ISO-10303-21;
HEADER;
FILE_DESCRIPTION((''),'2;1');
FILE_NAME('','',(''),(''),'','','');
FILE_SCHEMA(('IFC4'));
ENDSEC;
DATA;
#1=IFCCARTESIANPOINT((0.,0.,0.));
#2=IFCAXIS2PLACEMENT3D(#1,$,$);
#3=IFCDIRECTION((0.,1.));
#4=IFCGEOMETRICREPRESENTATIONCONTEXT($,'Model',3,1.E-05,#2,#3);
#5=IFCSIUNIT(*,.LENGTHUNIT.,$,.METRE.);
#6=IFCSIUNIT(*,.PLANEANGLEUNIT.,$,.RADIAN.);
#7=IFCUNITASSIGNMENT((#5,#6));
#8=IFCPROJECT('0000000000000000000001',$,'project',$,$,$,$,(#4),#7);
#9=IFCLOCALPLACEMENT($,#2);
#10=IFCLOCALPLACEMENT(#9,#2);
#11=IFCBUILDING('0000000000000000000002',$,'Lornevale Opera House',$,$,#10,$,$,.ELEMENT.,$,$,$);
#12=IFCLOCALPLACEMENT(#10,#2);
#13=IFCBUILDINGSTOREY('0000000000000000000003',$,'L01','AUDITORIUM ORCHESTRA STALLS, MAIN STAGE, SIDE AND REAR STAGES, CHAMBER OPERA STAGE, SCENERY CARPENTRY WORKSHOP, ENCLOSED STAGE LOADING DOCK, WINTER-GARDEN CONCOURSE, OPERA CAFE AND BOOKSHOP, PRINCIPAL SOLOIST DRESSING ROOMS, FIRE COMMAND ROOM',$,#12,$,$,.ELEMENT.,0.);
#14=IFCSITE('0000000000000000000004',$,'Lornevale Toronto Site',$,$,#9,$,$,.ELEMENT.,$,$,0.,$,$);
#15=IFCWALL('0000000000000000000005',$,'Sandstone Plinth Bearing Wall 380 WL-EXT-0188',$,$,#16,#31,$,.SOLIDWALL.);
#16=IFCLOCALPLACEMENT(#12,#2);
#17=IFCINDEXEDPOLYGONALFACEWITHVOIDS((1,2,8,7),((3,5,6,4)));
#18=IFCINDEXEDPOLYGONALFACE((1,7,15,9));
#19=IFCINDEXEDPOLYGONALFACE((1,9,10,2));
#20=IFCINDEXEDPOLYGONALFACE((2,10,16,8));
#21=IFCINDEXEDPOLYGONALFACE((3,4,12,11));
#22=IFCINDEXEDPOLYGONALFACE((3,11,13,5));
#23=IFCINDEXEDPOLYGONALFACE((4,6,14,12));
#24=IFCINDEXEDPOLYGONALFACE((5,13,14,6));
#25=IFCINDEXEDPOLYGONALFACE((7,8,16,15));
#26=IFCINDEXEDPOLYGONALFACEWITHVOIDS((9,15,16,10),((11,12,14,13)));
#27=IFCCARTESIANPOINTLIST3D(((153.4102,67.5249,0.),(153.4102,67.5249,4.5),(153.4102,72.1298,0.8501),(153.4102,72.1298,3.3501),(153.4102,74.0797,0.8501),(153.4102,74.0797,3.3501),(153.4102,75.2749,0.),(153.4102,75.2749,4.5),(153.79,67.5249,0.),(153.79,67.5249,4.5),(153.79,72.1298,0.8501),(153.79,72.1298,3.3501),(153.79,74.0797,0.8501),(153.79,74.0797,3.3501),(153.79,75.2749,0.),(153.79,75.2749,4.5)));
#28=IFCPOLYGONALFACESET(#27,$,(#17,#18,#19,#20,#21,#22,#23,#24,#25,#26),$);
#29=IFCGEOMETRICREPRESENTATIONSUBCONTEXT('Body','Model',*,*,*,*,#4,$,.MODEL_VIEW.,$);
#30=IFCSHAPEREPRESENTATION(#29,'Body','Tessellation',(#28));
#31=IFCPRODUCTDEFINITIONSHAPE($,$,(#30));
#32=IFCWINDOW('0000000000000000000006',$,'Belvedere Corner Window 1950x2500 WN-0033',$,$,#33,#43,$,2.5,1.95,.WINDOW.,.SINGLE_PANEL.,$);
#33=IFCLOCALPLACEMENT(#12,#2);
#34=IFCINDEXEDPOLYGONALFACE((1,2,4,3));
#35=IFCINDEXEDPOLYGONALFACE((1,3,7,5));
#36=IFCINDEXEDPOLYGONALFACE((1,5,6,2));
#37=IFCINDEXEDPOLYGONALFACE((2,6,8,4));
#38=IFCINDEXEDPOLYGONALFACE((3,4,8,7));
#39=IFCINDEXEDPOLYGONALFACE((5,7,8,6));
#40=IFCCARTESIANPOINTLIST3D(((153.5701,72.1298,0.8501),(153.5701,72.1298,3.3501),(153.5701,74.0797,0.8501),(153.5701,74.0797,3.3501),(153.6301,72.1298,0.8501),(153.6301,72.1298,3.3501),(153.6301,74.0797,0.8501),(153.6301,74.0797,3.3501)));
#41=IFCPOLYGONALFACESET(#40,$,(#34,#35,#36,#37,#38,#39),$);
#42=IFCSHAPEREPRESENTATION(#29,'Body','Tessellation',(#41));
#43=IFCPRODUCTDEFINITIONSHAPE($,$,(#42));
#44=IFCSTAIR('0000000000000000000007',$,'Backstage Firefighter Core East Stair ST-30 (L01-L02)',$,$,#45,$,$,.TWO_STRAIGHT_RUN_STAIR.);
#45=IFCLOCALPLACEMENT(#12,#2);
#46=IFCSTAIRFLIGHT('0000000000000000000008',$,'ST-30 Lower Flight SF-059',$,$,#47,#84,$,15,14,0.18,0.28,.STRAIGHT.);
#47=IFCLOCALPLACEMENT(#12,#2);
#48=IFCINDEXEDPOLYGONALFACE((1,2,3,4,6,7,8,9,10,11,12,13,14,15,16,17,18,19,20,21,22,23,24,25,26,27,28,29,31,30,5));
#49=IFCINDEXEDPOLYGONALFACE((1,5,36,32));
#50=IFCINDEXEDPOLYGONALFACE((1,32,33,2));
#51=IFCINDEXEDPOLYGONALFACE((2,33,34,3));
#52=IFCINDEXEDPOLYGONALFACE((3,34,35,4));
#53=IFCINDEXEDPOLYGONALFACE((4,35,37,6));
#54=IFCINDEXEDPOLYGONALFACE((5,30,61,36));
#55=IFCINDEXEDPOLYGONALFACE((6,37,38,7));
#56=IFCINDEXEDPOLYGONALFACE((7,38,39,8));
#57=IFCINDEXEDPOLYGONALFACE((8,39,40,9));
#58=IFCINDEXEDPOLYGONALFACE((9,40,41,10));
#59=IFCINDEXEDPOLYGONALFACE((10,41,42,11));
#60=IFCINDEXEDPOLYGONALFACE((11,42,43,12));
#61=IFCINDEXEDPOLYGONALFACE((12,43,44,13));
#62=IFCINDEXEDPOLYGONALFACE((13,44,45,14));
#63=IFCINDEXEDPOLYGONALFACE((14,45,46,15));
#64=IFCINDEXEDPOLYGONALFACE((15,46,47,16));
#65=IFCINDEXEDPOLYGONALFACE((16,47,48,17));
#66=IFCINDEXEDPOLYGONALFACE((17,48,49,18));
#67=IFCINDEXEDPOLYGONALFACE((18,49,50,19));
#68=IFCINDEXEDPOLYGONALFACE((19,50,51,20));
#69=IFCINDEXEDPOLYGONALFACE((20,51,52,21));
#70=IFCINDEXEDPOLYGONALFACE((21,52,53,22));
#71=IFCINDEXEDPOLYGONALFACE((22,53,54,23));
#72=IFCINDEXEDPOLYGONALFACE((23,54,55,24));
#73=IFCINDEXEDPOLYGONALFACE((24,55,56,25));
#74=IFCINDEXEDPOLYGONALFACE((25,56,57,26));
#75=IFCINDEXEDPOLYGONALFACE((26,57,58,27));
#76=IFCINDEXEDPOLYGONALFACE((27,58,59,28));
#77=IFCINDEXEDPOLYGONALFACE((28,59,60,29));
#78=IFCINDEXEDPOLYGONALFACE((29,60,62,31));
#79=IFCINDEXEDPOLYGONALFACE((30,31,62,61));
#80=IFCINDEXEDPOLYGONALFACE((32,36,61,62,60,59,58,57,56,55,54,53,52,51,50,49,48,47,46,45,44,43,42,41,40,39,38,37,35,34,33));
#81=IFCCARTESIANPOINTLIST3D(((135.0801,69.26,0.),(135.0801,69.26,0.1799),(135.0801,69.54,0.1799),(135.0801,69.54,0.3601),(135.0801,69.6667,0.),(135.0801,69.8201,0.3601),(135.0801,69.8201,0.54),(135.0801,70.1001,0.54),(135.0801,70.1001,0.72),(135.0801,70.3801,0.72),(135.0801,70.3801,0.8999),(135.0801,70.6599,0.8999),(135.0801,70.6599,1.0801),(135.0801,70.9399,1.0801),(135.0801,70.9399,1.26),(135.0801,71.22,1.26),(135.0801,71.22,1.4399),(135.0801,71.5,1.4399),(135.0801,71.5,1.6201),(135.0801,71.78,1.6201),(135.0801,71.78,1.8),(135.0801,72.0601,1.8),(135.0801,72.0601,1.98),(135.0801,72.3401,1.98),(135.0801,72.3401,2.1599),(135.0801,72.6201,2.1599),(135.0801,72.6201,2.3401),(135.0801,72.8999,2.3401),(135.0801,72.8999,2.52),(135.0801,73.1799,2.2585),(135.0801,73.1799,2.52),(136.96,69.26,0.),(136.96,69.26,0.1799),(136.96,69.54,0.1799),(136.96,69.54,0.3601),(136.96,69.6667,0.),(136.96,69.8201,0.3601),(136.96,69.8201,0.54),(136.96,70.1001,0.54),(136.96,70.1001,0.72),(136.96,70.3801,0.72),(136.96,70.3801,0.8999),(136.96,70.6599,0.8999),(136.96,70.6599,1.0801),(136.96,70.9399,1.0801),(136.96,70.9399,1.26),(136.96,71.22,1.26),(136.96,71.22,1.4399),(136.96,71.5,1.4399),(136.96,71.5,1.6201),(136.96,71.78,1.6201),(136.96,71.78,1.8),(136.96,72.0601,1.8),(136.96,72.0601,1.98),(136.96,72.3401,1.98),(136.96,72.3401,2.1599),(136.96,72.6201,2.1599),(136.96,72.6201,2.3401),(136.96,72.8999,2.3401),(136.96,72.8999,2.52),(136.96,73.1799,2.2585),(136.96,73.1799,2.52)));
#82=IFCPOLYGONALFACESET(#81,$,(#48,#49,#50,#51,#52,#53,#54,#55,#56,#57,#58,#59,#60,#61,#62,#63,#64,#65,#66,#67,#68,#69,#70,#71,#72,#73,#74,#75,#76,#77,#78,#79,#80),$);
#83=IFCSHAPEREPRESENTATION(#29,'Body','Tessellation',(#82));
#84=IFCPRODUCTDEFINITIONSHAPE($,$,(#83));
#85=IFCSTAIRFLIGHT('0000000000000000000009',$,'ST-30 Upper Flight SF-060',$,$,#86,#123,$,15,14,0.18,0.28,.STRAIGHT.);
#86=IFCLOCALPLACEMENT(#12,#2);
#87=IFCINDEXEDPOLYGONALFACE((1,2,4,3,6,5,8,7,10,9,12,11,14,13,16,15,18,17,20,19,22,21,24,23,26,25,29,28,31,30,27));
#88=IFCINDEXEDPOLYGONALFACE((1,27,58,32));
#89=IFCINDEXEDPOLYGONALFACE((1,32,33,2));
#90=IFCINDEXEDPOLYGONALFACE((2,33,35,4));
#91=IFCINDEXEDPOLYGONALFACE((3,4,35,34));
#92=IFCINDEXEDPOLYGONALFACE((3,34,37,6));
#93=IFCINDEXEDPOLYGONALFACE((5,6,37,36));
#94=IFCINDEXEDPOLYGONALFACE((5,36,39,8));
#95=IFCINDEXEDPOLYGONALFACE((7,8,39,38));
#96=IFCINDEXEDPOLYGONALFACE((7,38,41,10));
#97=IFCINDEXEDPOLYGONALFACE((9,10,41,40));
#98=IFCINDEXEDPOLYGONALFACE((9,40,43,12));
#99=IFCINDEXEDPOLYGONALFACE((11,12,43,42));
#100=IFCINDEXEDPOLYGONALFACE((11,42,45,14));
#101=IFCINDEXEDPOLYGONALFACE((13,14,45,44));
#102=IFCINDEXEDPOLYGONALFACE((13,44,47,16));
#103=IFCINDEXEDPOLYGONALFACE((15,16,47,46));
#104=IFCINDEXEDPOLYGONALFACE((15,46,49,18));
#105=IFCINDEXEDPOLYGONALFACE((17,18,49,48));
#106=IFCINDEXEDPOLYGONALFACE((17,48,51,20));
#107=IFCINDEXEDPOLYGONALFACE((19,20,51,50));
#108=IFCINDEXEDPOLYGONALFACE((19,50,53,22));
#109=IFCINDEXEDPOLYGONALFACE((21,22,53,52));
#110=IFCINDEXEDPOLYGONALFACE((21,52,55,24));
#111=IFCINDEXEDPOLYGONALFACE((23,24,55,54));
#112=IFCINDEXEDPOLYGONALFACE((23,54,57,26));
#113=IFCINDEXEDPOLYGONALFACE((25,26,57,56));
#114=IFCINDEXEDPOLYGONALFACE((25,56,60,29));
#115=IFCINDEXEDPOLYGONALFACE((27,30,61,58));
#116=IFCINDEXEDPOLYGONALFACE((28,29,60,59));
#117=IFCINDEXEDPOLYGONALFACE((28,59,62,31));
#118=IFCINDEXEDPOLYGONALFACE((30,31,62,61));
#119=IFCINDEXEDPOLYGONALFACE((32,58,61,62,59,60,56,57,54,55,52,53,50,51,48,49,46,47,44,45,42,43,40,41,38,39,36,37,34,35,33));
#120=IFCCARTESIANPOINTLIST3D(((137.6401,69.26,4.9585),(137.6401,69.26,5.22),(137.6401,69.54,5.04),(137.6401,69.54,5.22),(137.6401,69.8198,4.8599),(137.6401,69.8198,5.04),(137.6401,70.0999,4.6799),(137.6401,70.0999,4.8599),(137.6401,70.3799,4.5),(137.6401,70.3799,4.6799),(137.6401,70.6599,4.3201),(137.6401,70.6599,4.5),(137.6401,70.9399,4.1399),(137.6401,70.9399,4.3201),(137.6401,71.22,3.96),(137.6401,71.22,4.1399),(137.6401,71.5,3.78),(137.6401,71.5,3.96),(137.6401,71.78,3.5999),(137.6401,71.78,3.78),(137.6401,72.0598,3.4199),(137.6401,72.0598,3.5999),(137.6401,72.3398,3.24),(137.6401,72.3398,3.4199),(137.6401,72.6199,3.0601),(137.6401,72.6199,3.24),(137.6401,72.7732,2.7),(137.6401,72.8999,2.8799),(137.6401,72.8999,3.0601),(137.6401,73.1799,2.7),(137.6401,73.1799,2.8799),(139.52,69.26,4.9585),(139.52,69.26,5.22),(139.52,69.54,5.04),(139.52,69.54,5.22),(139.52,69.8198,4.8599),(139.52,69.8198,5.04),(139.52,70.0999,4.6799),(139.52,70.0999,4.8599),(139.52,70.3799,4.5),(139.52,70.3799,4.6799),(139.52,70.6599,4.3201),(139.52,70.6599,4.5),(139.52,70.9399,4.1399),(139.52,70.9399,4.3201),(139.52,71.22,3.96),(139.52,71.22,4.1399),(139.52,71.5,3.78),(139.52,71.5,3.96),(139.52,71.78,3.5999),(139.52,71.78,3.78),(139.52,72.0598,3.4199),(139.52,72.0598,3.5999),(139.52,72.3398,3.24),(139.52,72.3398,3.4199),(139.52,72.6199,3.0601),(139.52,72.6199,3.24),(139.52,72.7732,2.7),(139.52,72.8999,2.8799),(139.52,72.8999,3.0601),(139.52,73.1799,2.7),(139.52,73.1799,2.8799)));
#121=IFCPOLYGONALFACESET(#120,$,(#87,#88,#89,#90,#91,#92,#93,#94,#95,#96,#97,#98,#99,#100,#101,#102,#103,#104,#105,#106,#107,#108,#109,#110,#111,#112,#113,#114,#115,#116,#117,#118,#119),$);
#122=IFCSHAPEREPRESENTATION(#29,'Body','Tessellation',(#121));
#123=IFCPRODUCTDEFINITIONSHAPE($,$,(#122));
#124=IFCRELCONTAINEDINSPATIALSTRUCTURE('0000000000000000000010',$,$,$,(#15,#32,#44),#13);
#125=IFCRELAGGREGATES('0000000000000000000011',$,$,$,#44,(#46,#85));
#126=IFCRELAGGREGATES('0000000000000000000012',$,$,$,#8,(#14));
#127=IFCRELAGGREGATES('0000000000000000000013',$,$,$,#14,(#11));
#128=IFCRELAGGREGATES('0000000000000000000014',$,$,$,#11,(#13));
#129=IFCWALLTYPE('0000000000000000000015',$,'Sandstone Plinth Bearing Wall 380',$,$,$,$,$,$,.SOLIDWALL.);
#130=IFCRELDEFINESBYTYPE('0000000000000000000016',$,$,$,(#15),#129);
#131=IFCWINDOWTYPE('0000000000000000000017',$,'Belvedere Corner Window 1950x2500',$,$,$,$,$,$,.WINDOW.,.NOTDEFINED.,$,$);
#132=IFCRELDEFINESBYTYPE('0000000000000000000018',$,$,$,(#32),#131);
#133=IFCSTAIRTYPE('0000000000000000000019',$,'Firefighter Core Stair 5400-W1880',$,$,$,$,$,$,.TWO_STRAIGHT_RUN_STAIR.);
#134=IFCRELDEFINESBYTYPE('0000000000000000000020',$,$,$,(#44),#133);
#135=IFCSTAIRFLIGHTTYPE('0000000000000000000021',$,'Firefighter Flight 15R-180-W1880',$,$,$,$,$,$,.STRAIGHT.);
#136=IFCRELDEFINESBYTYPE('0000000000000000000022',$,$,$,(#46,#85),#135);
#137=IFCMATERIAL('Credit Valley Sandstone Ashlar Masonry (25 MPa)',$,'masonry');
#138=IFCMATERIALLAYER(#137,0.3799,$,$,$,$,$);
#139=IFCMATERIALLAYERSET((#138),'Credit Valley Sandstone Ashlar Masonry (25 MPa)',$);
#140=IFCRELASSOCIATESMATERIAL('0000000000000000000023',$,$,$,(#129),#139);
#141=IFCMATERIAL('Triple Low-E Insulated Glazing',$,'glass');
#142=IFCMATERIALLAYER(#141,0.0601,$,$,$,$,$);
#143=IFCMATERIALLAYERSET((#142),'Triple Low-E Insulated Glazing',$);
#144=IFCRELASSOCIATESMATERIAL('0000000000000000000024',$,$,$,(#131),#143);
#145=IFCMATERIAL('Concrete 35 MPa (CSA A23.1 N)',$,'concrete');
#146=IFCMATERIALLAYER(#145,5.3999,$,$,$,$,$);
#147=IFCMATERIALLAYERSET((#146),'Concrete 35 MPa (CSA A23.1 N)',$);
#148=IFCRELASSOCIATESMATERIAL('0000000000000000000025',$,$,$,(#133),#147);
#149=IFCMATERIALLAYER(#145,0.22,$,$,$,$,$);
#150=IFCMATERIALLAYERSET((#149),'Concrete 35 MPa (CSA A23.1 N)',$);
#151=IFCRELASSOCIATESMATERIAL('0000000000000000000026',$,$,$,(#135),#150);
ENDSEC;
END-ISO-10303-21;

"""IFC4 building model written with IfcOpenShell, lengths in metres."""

from ifc_helpers import new_model, si_unit, direction, frame, frame_2d, origin, place, context, subcontext, project, spatial, polyline, rectangle, outline, extrude, material, layer, layer_set, type_object, element, fill, aggregate, save


model = new_model("IFC4")

# Units and contexts
model_context = context("Model", 3, precision=1e-05, world=origin(), true_north=direction((0.0, 1.0)))
body_context = subcontext(model_context, "Body", "Model", "MODEL_VIEW")
ifc_project = project(units=[si_unit("LENGTHUNIT", "METRE"), si_unit("PLANEANGLEUNIT", "RADIAN")], contexts=[model_context])

# Site, building, storey
site_placement = place(None, origin())
site = spatial("IfcSite", under=ifc_project, at=site_placement, Name="Lornevale Toronto Site", CompositionType="ELEMENT", RefElevation=0.0)
building_placement = place(site_placement, origin())
building = spatial("IfcBuilding", under=site, at=building_placement, Name="Lornevale Opera House", CompositionType="ELEMENT")
storey_placement = place(building_placement, origin())
storey = spatial("IfcBuildingStorey", under=building, at=storey_placement, Name="L01", Description="AUDITORIUM ORCHESTRA STALLS, MAIN STAGE, SIDE AND REAR STAGES, CHAMBER OPERA STAGE, SCENERY CARPENTRY WORKSHOP, ENCLOSED STAGE LOADING DOCK, WINTER-GARDEN CONCOURSE, OPERA CAFE AND BOOKSHOP, PRINCIPAL SOLOIST DRESSING ROOMS, FIRE COMMAND ROOM", CompositionType="ELEMENT", Elevation=0.0)

# Shared definitions
ifc_material_1 = material(Name="Concrete 35 MPa (CSA A23.1 N)", Category="concrete")

# Wall, opening, window
ifc_material_2 = material(Name="Credit Valley Sandstone Ashlar Masonry (25 MPa)", Category="masonry")
ifc_layer_1 = layer(ifc_material_2, 0.3799)
ifc_layer_set_1 = layer_set([ifc_layer_1], Name="Credit Valley Sandstone Ashlar Masonry (25 MPa)")
wall_type_1 = type_object("IfcWallType", Name="Sandstone Plinth Bearing Wall 380", PredefinedType="SOLIDWALL", material=ifc_layer_set_1)
wall_1_placement = place(storey_placement, frame((153.6001, 75.2749, 0.0), z_axis=(0.0, 0.0, 1.0), x_axis=(0.0, -1.0, 0.0)))
wall_1 = element("IfcWall", 1, at=wall_1_placement, inside=storey, type_object=wall_type_1, Name="Sandstone Plinth Bearing Wall 380 WL-EXT-0188", PredefinedType="SOLIDWALL", context=body_context, shape_type="SweptSolid", body=[
    extrude(rectangle(XDim=7.75, YDim=0.3799, at=frame_2d((3.875, 0.0))), origin(), (0.0, 0.0, 1.0), 4.5),
])
opening_placement = place(wall_1_placement, frame((1.1951, 0.0, 0.8501)))
opening = element("IfcOpeningElement", 2, at=opening_placement, cuts=wall_1, PredefinedType="OPENING", context=body_context, shape_type="SweptSolid", body=[
    extrude(rectangle(XDim=1.95, YDim=2.5, at=frame_2d((0.9751, 1.25))), frame((0.0, 0.2, 0.0), z_axis=(0.0, -1.0, 0.0), x_axis=(1.0, 0.0, 0.0)), (0.0, 0.0, 1.0), 0.3999),
])
ifc_material_3 = material(Name="Triple Low-E Insulated Glazing", Category="glass")
ifc_layer_2 = layer(ifc_material_3, 0.0601)
ifc_layer_set_2 = layer_set([ifc_layer_2], Name="Triple Low-E Insulated Glazing")
window_type = type_object("IfcWindowType", Name="Belvedere Corner Window 1950x2500", PartitioningType="NOTDEFINED", PredefinedType="WINDOW", material=ifc_layer_set_2)
window_placement = place(opening_placement, origin())
window = element("IfcWindow", 3, at=window_placement, inside=storey, type_object=window_type, Name="Belvedere Corner Window 1950x2500 WN-0033", OverallHeight=2.5, OverallWidth=1.95, PartitioningType="SINGLE_PANEL", PredefinedType="WINDOW", context=body_context, shape_type="SweptSolid", body=[
    extrude(rectangle(XDim=1.95, YDim=2.5, at=frame_2d((0.9751, 1.25))), frame((0.0, 0.03, 0.0), z_axis=(0.0, -1.0, 0.0), x_axis=(1.0, 0.0, 0.0)), (0.0, 0.0, 1.0), 0.0601),
])
fill(opening, window)

# Stair, stair flights
ifc_layer_3 = layer(ifc_material_1, 5.3999)
ifc_layer_set_3 = layer_set([ifc_layer_3], Name="Concrete 35 MPa (CSA A23.1 N)")
stair_type = type_object("IfcStairType", Name="Firefighter Core Stair 5400-W1880", PredefinedType="TWO_STRAIGHT_RUN_STAIR", material=ifc_layer_set_3)
stair_placement = place(storey_placement, origin())
stair = element("IfcStair", 4, at=stair_placement, inside=storey, type_object=stair_type, Name="Backstage Firefighter Core East Stair ST-30 (L01-L02)", PredefinedType="TWO_STRAIGHT_RUN_STAIR")
ifc_layer_4 = layer(ifc_material_1, 0.22)
ifc_layer_set_4 = layer_set([ifc_layer_4], Name="Concrete 35 MPa (CSA A23.1 N)")
stair_flight_type = type_object("IfcStairFlightType", Name="Firefighter Flight 15R-180-W1880", PredefinedType="STRAIGHT", material=ifc_layer_set_4)
stair_flight_1_placement = place(storey_placement, frame((136.02, 69.26, 0.0), z_axis=(0.0, 0.0, 1.0), x_axis=(0.0, 1.0, 0.0)))
stair_flight_1 = element("IfcStairFlight", 5, at=stair_flight_1_placement, type_object=stair_flight_type, Name="ST-30 Lower Flight SF-059", NumberOfRisers=15, NumberOfTreads=14, PredefinedType="STRAIGHT", RiserHeight=0.18, TreadLength=0.28, context=body_context, shape_type="SweptSolid", body=[
    extrude(outline(polyline([(0.0, 0.0), (0.0, 0.1799), (0.28, 0.1799), (0.28, 0.3601), (0.5601, 0.3601), (0.5601, 0.54), (0.8401, 0.54), (0.8401, 0.72), (1.1201, 0.72), (1.1201, 0.8999), (1.3999, 0.8999), (1.3999, 1.0801), (1.6799, 1.0801), (1.6799, 1.26), (1.96, 1.26), (1.96, 1.4399), (2.24, 1.4399), (2.24, 1.6201), (2.52, 1.6201), (2.52, 1.8), (2.8, 1.8), (2.8, 1.98), (3.0801, 1.98), (3.0801, 2.1599), (3.3601, 2.1599), (3.3601, 2.3401), (3.6399, 2.3401), (3.6399, 2.52), (3.9199, 2.52), (3.9199, 2.2585), (0.4067, 0.0), (0.0, 0.0)])), frame((0.0, 0.9399, 0.0), z_axis=(0.0, -1.0, 0.0), x_axis=(1.0, 0.0, 0.0)), (0.0, 0.0, 1.0), 1.8799),
])
stair_flight_2_placement = place(storey_placement, frame((138.5801, 73.1799, 2.7), z_axis=(0.0, 0.0, 1.0), x_axis=(0.0, -1.0, 0.0)))
stair_flight_2 = element("IfcStairFlight", 6, at=stair_flight_2_placement, type_object=stair_flight_type, Name="ST-30 Upper Flight SF-060", NumberOfRisers=15, NumberOfTreads=14, PredefinedType="STRAIGHT", RiserHeight=0.18, TreadLength=0.28, context=body_context, shape_type="SweptSolid", body=[
    extrude(outline(polyline([(0.0, 0.0), (0.0, 0.1799), (0.28, 0.1799), (0.28, 0.3601), (0.5601, 0.3601), (0.5601, 0.54), (0.8401, 0.54), (0.8401, 0.72), (1.1201, 0.72), (1.1201, 0.8999), (1.3999, 0.8999), (1.3999, 1.0801), (1.6799, 1.0801), (1.6799, 1.26), (1.96, 1.26), (1.96, 1.4399), (2.24, 1.4399), (2.24, 1.6201), (2.52, 1.6201), (2.52, 1.8), (2.8, 1.8), (2.8, 1.98), (3.0801, 1.98), (3.0801, 2.1599), (3.3601, 2.1599), (3.3601, 2.3401), (3.6399, 2.3401), (3.6399, 2.52), (3.9199, 2.52), (3.9199, 2.2585), (0.4067, 0.0), (0.0, 0.0)])), frame((0.0, 0.9399, 0.0), z_axis=(0.0, -1.0, 0.0), x_axis=(1.0, 0.0, 0.0)), (0.0, 0.0, 1.0), 1.8799),
])
aggregate(stair, [stair_flight_1, stair_flight_2])

save(model, "model.ifc")
